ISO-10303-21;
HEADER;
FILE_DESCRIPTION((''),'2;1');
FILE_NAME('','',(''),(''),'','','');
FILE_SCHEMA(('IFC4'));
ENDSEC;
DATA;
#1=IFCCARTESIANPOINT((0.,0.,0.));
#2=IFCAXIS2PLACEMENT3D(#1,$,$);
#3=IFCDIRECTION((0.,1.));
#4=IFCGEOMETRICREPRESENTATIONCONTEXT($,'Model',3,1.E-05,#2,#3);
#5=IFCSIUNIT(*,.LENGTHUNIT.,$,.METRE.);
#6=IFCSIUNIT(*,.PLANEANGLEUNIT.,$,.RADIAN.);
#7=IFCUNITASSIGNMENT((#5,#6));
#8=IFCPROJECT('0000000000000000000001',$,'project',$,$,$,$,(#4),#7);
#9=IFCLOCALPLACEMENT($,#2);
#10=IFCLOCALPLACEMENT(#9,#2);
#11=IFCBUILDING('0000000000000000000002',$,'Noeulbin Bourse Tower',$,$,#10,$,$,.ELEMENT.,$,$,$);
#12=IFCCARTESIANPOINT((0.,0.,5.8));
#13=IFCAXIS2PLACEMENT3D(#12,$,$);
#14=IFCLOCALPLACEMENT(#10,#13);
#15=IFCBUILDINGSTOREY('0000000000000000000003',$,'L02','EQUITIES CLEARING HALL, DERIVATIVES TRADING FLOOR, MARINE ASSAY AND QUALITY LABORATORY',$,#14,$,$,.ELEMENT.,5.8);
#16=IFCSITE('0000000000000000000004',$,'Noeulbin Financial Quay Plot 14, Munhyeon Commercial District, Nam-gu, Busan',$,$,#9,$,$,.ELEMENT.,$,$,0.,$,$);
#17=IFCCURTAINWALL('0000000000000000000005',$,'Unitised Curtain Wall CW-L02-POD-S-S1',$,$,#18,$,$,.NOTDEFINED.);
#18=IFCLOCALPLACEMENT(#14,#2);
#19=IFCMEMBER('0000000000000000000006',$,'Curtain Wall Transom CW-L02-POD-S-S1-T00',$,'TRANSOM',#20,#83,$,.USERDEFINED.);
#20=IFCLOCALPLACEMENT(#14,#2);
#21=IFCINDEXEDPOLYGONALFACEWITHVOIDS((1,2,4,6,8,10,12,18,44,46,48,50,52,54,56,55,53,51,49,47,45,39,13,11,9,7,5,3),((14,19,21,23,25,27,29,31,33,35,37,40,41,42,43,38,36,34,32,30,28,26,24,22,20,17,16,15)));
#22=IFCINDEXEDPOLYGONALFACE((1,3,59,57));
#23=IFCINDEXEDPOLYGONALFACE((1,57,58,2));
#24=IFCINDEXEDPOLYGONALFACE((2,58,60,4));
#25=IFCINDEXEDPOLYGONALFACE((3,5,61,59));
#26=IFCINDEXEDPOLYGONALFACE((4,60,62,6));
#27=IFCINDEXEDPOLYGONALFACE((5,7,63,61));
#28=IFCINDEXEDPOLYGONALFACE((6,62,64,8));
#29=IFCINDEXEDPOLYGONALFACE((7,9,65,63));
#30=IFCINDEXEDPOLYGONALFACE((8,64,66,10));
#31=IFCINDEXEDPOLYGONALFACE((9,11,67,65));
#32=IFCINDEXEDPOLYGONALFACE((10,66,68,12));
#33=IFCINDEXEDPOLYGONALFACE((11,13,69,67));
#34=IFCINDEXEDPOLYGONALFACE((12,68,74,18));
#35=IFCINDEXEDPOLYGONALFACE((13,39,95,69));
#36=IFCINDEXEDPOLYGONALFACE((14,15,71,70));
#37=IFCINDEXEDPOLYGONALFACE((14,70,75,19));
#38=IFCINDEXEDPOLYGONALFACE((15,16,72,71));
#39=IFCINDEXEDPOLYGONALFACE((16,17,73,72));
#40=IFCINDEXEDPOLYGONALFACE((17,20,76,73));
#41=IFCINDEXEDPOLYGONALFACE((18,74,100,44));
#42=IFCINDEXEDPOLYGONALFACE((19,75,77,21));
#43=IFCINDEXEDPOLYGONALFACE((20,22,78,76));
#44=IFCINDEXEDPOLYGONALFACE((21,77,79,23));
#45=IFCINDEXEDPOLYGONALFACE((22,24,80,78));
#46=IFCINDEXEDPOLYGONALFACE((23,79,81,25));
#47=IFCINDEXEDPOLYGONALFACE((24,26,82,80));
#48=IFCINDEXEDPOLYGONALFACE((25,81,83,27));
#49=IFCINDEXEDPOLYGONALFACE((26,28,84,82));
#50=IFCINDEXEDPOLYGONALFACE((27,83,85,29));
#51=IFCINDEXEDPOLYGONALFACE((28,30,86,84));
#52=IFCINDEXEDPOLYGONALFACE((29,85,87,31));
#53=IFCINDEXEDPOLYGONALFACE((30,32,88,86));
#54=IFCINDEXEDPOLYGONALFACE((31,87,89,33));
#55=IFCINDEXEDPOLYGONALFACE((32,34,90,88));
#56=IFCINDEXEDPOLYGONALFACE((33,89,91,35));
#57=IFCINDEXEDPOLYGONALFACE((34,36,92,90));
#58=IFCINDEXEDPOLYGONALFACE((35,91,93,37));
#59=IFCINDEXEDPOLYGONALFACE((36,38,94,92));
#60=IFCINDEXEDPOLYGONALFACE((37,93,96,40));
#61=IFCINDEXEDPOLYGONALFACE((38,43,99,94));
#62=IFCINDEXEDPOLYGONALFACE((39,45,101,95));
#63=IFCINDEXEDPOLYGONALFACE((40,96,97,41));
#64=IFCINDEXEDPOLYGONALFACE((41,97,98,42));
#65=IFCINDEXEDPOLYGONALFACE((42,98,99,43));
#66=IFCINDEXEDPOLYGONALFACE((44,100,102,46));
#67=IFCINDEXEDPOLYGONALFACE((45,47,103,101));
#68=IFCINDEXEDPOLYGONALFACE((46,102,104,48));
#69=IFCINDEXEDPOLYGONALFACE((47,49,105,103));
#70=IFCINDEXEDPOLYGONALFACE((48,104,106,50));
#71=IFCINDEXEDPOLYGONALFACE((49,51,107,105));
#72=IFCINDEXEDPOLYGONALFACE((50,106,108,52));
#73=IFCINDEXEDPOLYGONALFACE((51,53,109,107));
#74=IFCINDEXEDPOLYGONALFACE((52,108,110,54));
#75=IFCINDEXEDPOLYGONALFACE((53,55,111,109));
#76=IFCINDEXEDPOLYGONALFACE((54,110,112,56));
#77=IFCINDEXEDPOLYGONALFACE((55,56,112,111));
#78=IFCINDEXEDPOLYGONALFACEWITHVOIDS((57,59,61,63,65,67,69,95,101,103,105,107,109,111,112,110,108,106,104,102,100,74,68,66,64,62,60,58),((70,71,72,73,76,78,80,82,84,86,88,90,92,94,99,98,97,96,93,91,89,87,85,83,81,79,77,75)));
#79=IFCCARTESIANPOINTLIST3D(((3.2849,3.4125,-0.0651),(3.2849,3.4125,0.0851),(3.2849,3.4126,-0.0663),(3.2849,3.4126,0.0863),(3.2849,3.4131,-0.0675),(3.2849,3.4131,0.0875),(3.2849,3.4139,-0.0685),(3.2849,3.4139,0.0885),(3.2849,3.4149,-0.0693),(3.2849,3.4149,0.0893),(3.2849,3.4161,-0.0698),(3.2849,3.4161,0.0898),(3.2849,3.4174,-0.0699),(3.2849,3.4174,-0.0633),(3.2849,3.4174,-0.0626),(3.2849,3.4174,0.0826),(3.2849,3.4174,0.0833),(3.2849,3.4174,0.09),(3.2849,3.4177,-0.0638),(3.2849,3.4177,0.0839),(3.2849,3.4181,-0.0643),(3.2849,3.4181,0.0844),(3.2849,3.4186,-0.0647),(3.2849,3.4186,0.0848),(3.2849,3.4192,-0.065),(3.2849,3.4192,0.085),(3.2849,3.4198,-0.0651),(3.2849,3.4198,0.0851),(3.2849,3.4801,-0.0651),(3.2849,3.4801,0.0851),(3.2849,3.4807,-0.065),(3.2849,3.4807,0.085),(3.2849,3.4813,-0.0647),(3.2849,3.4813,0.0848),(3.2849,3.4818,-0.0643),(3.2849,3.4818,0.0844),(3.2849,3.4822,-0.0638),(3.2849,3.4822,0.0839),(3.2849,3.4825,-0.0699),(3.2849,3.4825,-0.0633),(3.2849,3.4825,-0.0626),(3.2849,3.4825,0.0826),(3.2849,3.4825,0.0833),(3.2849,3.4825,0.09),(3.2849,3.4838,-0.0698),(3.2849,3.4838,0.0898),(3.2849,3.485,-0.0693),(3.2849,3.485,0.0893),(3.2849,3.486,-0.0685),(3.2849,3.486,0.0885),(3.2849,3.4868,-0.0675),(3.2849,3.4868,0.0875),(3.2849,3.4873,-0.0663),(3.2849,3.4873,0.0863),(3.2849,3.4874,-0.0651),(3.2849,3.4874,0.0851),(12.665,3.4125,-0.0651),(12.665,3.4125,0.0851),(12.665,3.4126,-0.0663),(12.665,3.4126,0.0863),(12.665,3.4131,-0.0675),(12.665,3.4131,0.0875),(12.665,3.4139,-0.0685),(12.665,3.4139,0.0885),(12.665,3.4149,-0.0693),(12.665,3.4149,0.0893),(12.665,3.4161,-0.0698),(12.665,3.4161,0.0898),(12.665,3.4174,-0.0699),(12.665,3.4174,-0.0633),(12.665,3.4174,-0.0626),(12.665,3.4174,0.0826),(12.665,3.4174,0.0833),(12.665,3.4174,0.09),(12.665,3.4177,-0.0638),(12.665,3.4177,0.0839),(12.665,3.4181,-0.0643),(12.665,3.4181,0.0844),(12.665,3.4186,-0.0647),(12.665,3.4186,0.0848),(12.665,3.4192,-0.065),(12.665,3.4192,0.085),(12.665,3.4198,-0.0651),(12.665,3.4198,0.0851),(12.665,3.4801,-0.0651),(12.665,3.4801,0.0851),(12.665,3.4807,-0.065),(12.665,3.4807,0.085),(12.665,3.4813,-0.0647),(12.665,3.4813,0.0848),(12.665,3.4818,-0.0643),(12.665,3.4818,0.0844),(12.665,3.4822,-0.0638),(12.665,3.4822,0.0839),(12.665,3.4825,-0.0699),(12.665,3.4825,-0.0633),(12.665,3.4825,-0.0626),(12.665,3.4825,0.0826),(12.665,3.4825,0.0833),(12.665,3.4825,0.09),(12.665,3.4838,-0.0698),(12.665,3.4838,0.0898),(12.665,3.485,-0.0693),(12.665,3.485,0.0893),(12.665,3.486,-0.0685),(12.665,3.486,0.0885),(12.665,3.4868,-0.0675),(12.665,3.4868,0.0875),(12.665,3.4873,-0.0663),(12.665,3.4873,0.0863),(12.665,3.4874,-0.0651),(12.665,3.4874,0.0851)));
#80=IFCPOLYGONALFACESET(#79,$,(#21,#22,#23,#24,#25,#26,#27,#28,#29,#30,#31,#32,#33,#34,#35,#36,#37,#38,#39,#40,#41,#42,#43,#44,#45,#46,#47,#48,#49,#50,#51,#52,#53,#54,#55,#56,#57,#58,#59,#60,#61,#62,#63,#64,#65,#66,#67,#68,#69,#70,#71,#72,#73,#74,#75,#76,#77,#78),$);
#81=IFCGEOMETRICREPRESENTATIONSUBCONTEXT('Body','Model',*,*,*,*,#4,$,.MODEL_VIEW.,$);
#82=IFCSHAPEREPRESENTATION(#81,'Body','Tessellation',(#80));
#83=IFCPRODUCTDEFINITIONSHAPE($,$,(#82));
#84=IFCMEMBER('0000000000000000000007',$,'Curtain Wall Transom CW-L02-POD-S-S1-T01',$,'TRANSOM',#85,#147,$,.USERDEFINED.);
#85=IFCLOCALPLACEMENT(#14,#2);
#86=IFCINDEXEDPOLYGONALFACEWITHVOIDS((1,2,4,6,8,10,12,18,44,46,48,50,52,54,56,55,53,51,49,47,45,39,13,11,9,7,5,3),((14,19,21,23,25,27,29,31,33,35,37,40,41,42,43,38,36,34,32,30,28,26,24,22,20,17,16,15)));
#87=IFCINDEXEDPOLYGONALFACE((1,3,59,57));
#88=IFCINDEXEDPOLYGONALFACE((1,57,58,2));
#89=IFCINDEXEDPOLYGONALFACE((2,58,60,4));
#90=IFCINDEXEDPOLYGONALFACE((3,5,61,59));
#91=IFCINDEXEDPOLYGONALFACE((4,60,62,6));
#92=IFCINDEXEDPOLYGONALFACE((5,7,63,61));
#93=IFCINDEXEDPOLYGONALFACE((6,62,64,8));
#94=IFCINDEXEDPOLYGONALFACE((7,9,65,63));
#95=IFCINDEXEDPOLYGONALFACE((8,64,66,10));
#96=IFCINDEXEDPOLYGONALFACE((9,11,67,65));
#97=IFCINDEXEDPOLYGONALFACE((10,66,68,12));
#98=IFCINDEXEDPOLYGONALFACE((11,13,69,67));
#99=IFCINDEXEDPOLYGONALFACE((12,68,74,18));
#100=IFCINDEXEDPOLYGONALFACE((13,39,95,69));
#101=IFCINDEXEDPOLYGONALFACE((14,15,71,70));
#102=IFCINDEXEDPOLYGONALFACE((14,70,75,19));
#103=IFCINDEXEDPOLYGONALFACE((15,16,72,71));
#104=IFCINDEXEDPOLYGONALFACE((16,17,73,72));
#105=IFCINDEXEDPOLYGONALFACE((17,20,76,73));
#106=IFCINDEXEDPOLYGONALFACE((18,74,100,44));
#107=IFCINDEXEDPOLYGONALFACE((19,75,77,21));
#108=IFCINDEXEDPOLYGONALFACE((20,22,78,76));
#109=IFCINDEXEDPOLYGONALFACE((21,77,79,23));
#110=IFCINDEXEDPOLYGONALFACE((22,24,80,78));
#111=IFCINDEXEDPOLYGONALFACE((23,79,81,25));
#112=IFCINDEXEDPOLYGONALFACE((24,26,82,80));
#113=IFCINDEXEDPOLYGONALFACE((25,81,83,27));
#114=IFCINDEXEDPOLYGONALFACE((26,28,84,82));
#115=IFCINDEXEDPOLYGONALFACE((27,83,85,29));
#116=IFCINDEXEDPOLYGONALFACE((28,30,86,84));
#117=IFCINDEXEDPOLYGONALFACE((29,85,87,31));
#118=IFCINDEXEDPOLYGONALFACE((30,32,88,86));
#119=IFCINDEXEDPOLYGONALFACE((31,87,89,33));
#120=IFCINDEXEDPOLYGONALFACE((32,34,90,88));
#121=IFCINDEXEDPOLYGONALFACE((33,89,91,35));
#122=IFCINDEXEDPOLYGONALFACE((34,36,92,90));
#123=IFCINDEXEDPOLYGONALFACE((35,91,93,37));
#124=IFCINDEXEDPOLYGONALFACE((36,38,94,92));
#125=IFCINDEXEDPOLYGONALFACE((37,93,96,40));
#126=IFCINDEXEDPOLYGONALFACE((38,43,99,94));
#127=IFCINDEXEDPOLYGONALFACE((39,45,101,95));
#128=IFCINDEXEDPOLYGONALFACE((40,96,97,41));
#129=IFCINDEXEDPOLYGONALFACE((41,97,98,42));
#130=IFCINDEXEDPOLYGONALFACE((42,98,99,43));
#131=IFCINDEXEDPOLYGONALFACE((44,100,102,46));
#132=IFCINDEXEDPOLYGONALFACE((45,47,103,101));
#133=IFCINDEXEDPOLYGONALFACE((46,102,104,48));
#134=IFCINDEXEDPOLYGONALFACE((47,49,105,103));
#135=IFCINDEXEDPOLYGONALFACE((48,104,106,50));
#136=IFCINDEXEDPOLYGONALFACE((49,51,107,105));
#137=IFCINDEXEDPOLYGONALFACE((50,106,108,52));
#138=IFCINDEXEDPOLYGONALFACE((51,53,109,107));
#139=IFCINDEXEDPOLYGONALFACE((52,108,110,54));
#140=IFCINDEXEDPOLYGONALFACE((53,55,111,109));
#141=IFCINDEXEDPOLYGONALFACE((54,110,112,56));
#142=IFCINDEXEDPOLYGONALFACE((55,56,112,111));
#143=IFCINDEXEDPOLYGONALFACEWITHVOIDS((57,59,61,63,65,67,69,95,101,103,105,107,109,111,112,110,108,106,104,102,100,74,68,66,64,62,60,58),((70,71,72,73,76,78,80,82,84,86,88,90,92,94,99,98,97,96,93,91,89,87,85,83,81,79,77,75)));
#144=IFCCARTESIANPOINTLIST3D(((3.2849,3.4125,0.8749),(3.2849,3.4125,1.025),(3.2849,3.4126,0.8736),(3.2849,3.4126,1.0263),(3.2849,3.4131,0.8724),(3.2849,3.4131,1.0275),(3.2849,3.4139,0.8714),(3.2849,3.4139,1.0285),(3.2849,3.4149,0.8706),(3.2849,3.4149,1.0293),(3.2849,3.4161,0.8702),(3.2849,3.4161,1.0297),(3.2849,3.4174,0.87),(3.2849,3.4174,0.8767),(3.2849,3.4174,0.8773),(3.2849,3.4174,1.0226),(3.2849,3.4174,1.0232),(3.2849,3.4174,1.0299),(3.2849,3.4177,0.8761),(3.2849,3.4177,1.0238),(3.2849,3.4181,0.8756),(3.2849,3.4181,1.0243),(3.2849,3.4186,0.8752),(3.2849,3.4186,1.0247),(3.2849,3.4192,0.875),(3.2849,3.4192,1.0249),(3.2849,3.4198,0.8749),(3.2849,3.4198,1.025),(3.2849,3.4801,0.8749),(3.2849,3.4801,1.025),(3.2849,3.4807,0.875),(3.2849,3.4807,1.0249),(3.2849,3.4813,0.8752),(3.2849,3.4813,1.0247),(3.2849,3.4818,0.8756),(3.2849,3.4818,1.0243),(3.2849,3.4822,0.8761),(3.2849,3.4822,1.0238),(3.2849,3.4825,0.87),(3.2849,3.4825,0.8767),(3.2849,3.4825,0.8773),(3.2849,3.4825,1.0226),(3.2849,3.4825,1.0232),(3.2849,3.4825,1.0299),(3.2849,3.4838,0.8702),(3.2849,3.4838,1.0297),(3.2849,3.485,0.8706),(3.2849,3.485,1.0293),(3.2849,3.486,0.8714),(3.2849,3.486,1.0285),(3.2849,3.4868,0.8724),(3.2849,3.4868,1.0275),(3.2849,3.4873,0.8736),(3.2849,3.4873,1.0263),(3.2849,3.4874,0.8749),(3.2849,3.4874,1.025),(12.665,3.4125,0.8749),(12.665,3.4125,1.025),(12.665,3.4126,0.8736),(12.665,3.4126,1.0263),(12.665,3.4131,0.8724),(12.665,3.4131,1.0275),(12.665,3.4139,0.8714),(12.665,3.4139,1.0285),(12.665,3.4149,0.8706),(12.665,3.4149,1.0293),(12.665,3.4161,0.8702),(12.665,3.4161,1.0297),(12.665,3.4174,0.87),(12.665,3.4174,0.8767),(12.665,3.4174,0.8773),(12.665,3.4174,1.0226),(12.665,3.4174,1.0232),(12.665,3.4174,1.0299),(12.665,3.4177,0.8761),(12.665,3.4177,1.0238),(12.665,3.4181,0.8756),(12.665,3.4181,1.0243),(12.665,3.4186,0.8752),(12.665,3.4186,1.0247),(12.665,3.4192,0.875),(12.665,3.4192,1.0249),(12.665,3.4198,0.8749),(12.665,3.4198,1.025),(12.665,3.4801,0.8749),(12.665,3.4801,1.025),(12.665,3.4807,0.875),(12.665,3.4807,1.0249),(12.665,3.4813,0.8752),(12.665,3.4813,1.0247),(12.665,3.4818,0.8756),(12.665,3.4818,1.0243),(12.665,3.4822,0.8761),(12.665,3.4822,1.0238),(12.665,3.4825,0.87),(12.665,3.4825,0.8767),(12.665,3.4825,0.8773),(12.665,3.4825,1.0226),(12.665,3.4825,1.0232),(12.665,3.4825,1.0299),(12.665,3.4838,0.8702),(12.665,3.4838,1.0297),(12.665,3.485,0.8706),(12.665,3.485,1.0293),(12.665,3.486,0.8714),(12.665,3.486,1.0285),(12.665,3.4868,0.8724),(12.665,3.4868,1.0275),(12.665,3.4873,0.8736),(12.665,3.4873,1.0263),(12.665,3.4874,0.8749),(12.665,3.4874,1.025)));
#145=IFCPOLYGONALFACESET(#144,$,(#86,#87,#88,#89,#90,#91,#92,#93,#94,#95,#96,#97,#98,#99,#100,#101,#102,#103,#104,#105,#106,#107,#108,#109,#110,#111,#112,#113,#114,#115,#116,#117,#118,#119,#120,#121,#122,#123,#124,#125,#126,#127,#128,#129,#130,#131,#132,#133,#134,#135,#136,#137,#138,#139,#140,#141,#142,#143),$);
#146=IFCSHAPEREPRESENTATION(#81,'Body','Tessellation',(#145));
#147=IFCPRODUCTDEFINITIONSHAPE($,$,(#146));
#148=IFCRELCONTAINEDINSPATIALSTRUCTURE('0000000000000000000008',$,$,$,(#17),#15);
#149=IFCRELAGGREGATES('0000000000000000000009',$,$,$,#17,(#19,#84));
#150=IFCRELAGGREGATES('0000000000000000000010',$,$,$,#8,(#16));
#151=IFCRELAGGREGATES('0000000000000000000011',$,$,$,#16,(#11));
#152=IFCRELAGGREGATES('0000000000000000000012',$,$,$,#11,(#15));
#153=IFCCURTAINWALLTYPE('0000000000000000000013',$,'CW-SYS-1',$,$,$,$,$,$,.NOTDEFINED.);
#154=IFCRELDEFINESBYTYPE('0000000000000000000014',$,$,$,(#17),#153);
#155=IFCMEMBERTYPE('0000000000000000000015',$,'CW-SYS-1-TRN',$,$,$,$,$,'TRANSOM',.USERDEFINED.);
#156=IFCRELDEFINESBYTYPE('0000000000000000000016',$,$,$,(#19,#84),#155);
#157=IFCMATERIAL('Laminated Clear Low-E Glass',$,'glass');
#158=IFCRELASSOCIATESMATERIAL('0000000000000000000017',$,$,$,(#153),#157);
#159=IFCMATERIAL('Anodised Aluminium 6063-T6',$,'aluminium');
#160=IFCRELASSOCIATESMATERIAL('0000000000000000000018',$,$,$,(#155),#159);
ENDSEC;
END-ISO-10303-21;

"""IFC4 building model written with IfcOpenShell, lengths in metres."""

from ifc_helpers import new_model, si_unit, direction, frame, origin, origin_2d, place, context, subcontext, project, spatial, hollow_rectangle, extrude, material, material_profile, profile_set, type_object, element, aggregate, save


model = new_model("IFC4")

# Units and contexts
model_context = context("Model", 3, precision=1e-05, world=origin(), true_north=direction((0.0, 1.0)))
body_context = subcontext(model_context, "Body", "Model", "MODEL_VIEW")
ifc_project = project(units=[si_unit("LENGTHUNIT", "METRE"), si_unit("PLANEANGLEUNIT", "RADIAN")], contexts=[model_context])

# Site, building, storey
site_placement = place(None, origin())
site = spatial("IfcSite", under=ifc_project, at=site_placement, Name="Noeulbin Financial Quay Plot 14, Munhyeon Commercial District, Nam-gu, Busan", CompositionType="ELEMENT", RefElevation=0.0)
building_placement = place(site_placement, origin())
building = spatial("IfcBuilding", under=site, at=building_placement, Name="Noeulbin Bourse Tower", CompositionType="ELEMENT")
storey_placement = place(building_placement, frame((0.0, 0.0, 5.8)))
storey = spatial("IfcBuildingStorey", under=building, at=storey_placement, Name="L02", Description="EQUITIES CLEARING HALL, DERIVATIVES TRADING FLOOR, MARINE ASSAY AND QUALITY LABORATORY", CompositionType="ELEMENT", Elevation=5.8)

# Curtain wall
ifc_material_1 = material(Name="Laminated Clear Low-E Glass", Category="glass")
curtain_wall_type = type_object("IfcCurtainWallType", Name="CW-SYS-1", PredefinedType="NOTDEFINED", material=ifc_material_1)
curtain_wall_1_placement = place(storey_placement, origin())
curtain_wall_1 = element("IfcCurtainWall", 1, at=curtain_wall_1_placement, inside=storey, type_object=curtain_wall_type, Name="Unitised Curtain Wall CW-L02-POD-S-S1", PredefinedType="NOTDEFINED")
ifc_material_2 = material(Name="Anodised Aluminium 6063-T6", Category="aluminium")

# Members
ifc_material_profile_1 = material_profile(ifc_material_2, hollow_rectangle(XDim=0.075, YDim=0.1599, WallThickness=0.0049, InnerFilletRadius=0.0024, OuterFilletRadius=0.0049, at=origin_2d()), Name="ALU-TRAN-75x160x5", Category="LoadBearing")
ifc_profile_set_1 = profile_set([ifc_material_profile_1], Name="Anodised Aluminium 6063-T6")
member_type_1 = type_object("IfcMemberType", Name="CW-SYS-1-TRN", ElementType="TRANSOM", PredefinedType="USERDEFINED", material=ifc_profile_set_1)
member_1_placement = place(storey_placement, frame((3.2849, 3.45, 0.01), z_axis=(1.0, 0.0, 0.0), x_axis=(0.0, 1.0, 0.0)))
member_1 = element("IfcMember", 2, at=member_1_placement, type_object=member_type_1, Name="Curtain Wall Transom CW-L02-POD-S-S1-T00", ObjectType="TRANSOM", PredefinedType="USERDEFINED", context=body_context, shape_type="SweptSolid", body=[
    extrude(hollow_rectangle(XDim=0.075, YDim=0.1599, WallThickness=0.0049, InnerFilletRadius=0.0024, OuterFilletRadius=0.0049, at=origin_2d()), origin(), (0.0, 0.0, 1.0), 9.3801),
])
member_2_placement = place(storey_placement, frame((3.2849, 3.45, 0.95), z_axis=(1.0, 0.0, 0.0), x_axis=(0.0, 1.0, 0.0)))
member_2 = element("IfcMember", 3, at=member_2_placement, type_object=member_type_1, Name="Curtain Wall Transom CW-L02-POD-S-S1-T01", ObjectType="TRANSOM", PredefinedType="USERDEFINED", context=body_context, shape_type="SweptSolid", body=[
    extrude(hollow_rectangle(XDim=0.075, YDim=0.1599, WallThickness=0.0049, InnerFilletRadius=0.0024, OuterFilletRadius=0.0049, at=origin_2d()), origin(), (0.0, 0.0, 1.0), 9.3801),
])

aggregate(curtain_wall_1, [member_1, member_2])

save(model, "model.ifc")
